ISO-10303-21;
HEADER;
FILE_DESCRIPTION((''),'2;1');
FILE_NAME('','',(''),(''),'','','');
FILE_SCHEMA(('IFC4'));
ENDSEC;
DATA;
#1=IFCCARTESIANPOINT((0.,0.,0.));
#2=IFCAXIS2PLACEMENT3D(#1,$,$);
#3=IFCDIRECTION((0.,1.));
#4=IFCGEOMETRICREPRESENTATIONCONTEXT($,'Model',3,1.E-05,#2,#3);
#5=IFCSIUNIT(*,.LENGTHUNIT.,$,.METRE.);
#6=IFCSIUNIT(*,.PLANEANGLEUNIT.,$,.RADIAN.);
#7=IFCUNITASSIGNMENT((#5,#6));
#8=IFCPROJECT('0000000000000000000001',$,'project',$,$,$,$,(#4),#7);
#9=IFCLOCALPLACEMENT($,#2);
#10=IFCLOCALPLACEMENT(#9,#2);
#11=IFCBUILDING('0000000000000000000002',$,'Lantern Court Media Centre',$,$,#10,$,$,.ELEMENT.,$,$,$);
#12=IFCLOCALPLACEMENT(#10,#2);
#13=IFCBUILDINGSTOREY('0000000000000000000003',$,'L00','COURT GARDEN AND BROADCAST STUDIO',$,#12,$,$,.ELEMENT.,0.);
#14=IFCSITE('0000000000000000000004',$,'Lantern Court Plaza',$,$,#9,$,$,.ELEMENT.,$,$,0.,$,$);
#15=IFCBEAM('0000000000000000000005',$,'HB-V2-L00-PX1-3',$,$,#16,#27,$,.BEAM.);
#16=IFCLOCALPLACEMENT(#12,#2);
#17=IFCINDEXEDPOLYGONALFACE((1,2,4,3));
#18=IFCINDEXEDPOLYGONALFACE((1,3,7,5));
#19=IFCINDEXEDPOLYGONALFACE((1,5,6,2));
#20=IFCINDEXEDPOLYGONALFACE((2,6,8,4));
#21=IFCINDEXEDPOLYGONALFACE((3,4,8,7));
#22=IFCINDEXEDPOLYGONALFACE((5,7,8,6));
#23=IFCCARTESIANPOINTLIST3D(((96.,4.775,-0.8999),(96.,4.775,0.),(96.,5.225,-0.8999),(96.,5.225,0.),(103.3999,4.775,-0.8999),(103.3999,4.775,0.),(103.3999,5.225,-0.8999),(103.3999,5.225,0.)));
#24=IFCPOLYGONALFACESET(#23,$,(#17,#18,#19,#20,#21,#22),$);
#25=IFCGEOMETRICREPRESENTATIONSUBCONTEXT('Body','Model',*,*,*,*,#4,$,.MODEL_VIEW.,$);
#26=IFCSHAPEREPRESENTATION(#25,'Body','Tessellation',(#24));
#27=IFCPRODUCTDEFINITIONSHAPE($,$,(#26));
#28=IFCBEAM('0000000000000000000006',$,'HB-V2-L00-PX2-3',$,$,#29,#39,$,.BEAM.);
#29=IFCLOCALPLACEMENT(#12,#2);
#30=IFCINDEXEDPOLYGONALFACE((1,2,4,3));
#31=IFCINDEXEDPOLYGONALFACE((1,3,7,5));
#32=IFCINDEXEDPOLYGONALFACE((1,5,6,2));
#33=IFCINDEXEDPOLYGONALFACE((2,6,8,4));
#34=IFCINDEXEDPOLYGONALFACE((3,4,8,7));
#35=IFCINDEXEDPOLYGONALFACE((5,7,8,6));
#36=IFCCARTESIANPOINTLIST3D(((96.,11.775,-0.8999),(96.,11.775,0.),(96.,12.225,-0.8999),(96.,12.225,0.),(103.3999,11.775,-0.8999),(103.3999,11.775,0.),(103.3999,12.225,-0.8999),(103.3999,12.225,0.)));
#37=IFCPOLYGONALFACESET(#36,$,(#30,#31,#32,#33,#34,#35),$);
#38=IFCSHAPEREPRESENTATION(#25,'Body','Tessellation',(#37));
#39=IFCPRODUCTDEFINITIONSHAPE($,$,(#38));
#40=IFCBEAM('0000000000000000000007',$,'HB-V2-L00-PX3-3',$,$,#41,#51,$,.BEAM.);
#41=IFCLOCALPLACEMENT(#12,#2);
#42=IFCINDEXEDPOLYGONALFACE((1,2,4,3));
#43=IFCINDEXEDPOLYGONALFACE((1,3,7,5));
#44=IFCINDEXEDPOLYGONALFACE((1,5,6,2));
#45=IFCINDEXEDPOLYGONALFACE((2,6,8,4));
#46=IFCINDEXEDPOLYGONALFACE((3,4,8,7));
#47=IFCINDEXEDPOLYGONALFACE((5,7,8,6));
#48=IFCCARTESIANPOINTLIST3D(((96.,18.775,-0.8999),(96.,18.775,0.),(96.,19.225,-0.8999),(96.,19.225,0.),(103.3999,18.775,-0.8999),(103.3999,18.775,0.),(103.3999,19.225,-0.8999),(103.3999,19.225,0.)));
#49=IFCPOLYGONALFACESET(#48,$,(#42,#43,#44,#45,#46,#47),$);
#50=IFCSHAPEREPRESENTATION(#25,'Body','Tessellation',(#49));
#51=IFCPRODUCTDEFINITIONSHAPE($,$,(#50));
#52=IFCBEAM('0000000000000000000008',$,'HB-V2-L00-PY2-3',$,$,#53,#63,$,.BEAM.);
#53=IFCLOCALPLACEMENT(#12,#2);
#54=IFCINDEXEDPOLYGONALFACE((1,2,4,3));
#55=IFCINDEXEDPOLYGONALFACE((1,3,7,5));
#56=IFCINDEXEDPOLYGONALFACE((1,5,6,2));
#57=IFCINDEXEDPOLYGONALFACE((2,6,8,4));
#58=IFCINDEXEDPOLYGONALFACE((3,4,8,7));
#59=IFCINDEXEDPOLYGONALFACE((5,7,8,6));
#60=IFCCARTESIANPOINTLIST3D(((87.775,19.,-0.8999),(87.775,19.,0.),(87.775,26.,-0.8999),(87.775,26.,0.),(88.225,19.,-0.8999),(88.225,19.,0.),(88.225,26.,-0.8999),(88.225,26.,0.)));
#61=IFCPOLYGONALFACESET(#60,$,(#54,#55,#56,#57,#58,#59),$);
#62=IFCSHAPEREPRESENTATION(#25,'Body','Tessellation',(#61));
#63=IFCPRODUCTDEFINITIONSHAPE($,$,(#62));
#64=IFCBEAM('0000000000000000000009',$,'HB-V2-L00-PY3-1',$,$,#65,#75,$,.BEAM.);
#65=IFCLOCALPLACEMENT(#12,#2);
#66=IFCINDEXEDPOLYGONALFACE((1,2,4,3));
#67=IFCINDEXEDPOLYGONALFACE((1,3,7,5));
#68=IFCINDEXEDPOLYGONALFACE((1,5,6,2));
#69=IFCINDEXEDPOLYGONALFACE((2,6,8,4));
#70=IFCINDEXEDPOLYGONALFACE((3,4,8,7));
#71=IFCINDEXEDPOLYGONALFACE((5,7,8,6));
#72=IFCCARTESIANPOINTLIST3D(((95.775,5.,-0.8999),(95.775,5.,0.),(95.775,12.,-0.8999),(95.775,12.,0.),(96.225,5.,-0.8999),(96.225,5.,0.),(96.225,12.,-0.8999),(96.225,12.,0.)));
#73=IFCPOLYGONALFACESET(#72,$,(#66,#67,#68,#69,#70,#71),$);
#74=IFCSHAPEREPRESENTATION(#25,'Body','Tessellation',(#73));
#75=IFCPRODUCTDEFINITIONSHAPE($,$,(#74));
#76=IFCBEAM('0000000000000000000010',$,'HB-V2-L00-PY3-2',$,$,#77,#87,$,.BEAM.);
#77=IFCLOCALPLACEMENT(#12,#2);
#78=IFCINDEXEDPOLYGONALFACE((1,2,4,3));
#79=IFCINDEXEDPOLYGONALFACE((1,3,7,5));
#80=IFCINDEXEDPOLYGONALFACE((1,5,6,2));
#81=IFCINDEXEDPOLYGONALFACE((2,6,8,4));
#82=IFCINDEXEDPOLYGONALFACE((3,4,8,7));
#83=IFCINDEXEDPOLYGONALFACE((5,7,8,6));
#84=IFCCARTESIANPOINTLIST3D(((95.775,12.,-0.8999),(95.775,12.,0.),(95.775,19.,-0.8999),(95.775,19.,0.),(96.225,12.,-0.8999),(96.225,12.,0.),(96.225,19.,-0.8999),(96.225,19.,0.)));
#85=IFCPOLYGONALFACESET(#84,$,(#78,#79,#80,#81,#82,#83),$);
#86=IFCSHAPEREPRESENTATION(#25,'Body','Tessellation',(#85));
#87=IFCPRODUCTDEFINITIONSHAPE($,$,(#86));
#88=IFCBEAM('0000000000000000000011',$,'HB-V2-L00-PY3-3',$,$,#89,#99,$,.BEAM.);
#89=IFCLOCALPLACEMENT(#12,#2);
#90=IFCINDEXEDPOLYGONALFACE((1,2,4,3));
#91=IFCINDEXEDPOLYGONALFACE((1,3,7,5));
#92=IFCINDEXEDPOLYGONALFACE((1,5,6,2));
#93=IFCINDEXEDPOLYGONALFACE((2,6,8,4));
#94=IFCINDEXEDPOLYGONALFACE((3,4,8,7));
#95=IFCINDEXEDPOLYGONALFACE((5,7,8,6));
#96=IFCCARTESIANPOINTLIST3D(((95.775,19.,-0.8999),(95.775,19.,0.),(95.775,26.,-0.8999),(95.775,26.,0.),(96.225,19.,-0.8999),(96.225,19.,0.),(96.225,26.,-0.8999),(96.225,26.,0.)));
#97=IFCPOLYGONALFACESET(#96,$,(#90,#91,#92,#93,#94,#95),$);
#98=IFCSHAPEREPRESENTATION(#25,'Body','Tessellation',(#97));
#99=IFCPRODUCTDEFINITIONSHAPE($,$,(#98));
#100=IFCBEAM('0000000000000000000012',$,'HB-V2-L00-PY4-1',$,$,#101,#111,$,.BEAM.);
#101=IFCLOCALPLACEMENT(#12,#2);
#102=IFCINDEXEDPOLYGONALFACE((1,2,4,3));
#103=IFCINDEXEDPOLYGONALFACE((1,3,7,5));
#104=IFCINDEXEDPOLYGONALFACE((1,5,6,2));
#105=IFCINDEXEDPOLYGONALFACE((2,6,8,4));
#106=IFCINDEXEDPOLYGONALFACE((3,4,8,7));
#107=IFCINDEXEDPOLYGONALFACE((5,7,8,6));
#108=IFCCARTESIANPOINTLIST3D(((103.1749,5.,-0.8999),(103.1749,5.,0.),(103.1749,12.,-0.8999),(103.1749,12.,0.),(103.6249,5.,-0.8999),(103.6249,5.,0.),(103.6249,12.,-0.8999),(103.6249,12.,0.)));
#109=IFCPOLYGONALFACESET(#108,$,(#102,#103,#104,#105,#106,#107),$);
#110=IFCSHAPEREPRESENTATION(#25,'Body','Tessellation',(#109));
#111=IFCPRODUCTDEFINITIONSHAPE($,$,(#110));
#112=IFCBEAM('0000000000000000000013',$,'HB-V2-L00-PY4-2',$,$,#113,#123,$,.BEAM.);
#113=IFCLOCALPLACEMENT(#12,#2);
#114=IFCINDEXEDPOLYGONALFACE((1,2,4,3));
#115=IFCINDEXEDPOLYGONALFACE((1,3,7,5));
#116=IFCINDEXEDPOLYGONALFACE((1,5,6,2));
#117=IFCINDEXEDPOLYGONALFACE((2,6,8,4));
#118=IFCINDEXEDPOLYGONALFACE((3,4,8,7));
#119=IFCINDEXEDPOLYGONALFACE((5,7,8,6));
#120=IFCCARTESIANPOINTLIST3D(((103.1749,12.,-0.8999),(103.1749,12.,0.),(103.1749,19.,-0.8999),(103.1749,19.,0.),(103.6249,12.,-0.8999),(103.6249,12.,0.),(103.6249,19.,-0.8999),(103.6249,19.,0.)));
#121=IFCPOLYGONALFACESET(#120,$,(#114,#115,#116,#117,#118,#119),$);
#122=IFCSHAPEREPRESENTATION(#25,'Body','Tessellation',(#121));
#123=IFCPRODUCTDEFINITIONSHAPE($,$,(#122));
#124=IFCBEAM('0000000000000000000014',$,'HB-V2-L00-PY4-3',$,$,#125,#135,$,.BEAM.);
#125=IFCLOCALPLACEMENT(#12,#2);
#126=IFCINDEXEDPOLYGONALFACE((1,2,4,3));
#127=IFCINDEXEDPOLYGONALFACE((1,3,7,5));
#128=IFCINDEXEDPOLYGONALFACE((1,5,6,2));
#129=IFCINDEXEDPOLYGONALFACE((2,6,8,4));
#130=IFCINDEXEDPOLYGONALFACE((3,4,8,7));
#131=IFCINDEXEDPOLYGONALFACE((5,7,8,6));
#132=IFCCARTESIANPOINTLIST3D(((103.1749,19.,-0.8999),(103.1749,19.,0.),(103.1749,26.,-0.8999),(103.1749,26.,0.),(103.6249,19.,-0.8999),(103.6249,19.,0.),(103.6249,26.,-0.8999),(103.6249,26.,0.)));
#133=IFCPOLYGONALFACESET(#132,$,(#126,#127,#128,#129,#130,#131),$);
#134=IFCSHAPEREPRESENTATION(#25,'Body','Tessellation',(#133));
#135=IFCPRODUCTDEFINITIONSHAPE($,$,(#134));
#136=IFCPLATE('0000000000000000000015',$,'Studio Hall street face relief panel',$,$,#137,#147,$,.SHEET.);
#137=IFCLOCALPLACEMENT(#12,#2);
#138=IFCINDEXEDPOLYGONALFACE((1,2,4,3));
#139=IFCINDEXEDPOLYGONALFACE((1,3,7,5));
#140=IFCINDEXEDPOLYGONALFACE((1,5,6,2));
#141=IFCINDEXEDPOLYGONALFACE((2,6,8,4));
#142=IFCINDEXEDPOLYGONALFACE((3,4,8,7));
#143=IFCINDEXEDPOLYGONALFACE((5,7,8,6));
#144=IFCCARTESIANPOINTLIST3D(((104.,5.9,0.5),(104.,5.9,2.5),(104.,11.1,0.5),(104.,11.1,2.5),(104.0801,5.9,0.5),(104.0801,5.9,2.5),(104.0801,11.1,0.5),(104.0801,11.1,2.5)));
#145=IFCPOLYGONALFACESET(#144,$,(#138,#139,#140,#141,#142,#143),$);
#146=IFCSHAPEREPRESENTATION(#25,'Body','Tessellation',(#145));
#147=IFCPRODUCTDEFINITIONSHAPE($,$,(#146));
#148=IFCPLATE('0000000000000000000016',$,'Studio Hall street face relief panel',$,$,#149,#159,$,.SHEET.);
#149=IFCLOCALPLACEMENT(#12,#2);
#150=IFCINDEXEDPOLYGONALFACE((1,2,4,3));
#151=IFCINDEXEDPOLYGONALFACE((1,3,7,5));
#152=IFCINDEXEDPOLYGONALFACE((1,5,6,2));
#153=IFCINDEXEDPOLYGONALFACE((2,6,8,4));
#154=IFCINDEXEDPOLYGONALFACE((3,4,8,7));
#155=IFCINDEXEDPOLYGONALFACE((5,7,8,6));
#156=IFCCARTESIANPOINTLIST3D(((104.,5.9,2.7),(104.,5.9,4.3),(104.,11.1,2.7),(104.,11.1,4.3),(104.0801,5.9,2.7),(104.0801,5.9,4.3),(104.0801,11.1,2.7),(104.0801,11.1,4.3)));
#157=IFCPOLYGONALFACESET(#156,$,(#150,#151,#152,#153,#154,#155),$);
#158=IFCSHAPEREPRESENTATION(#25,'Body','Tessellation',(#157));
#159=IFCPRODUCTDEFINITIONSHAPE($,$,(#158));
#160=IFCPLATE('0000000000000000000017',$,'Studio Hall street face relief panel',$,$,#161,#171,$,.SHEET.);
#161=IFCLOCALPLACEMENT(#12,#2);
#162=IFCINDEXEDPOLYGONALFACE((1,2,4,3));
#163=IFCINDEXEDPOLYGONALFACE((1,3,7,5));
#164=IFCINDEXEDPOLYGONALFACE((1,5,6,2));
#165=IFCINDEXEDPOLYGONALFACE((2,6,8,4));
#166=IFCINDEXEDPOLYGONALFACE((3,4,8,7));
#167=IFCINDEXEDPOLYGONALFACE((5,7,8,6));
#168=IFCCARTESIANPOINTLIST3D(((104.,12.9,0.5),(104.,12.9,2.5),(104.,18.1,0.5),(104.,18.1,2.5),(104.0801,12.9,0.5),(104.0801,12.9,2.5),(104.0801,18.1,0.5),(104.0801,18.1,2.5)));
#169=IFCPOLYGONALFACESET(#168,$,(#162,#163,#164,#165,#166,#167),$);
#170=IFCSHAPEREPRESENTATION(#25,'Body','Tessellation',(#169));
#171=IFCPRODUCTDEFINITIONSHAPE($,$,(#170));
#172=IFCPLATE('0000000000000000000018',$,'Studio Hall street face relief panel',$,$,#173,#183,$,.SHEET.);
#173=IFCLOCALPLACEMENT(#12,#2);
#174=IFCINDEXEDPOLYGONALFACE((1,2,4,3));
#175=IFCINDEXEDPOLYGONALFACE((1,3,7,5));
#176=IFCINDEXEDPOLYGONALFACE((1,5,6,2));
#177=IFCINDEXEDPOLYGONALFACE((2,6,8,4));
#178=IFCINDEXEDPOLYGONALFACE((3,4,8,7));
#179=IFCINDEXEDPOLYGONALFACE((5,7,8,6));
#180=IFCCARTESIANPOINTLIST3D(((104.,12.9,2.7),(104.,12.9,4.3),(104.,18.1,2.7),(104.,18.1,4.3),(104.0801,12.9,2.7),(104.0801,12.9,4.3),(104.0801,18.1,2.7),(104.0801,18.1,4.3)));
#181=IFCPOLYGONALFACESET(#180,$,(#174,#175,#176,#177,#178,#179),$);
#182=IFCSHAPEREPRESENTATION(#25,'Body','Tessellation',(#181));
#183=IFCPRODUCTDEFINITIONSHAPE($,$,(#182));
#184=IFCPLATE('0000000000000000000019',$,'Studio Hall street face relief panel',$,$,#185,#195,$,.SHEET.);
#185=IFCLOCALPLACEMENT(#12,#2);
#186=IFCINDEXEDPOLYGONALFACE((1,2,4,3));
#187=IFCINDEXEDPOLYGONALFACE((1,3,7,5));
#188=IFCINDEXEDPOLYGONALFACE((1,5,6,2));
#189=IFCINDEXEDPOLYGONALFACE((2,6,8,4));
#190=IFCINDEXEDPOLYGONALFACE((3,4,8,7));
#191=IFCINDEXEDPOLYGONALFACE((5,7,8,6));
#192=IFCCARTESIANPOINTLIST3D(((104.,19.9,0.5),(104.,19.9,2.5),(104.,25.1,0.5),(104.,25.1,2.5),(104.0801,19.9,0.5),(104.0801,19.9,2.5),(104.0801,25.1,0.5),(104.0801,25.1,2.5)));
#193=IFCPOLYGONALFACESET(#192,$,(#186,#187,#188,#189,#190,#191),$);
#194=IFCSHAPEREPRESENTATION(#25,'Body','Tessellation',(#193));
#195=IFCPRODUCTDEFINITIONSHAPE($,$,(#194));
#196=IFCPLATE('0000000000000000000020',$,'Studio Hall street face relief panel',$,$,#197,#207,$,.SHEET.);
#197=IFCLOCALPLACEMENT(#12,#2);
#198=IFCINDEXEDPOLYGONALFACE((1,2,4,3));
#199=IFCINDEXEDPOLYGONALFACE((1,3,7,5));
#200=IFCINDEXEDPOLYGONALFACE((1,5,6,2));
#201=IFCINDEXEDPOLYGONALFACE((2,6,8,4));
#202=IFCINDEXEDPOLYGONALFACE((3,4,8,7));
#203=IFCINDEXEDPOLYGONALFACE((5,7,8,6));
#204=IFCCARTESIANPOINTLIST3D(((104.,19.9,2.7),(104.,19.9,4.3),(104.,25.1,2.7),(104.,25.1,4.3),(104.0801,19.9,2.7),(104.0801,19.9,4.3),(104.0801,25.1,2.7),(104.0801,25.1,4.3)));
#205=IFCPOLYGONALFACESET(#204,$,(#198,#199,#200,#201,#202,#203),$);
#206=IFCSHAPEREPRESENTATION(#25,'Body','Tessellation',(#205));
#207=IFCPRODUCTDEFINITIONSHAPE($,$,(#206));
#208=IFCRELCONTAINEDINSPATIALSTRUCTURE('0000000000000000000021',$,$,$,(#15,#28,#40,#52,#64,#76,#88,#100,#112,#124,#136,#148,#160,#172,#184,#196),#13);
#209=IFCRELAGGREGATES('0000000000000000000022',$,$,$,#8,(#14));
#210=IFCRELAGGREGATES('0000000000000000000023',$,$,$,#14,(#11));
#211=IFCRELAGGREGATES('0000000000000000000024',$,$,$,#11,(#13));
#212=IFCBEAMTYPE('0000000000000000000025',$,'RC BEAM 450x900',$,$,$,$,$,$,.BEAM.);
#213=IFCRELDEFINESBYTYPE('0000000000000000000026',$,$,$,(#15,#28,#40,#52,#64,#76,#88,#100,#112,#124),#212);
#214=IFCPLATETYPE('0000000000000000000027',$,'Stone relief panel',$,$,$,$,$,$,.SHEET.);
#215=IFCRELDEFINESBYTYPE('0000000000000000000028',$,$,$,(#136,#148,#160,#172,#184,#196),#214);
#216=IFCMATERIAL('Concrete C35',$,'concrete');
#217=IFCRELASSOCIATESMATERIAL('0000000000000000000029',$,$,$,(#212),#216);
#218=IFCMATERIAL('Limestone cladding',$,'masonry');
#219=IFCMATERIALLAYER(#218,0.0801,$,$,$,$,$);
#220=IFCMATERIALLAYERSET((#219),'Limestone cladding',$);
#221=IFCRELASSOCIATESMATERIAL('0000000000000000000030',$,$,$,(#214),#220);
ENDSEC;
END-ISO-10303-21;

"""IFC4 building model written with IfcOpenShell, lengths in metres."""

from ifc_helpers import new_model, si_unit, direction, frame, origin, origin_2d, place, context, subcontext, project, spatial, rectangle, extrude, material, layer, layer_set, material_profile, profile_set, type_object, element, save


model = new_model("IFC4")

# Units and contexts
model_context = context("Model", 3, precision=1e-05, world=origin(), true_north=direction((0.0, 1.0)))
body_context = subcontext(model_context, "Body", "Model", "MODEL_VIEW")
ifc_project = project(units=[si_unit("LENGTHUNIT", "METRE"), si_unit("PLANEANGLEUNIT", "RADIAN")], contexts=[model_context])

# Site, building, storey
site_placement = place(None, origin())
site = spatial("IfcSite", under=ifc_project, at=site_placement, Name="Lantern Court Plaza", CompositionType="ELEMENT", RefElevation=0.0)
building_placement = place(site_placement, origin())
building = spatial("IfcBuilding", under=site, at=building_placement, Name="Lantern Court Media Centre", CompositionType="ELEMENT")
storey_placement = place(building_placement, origin())
storey = spatial("IfcBuildingStorey", under=building, at=storey_placement, Name="L00", Description="COURT GARDEN AND BROADCAST STUDIO", CompositionType="ELEMENT", Elevation=0.0)

# Shared definitions
ifc_material_1 = material(Name="Concrete C35", Category="concrete")

# Beams
ifc_material_profile_1 = material_profile(ifc_material_1, rectangle(XDim=0.45, YDim=0.8999, at=origin_2d()), Name="RC 450x900")
ifc_profile_set_1 = profile_set([ifc_material_profile_1], Name="Concrete C35")
beam_type = type_object("IfcBeamType", Name="RC BEAM 450x900", PredefinedType="BEAM", material=ifc_profile_set_1)
for number, where, z_axis, x_axis, name in (
    (1, (96.0, 5.0, -0.45), (1.0, 0.0, 0.0), (0.0, 1.0, 0.0), "HB-V2-L00-PX1-3"),
    (2, (96.0, 12.0, -0.45), (1.0, 0.0, 0.0), (0.0, 1.0, 0.0), "HB-V2-L00-PX2-3"),
    (3, (96.0, 19.0, -0.45), (1.0, 0.0, 0.0), (0.0, 1.0, 0.0), "HB-V2-L00-PX3-3"),
):
    element("IfcBeam", number, at=place(storey_placement, frame(where, z_axis=z_axis, x_axis=x_axis)), inside=storey, type_object=beam_type, Name=name, PredefinedType="BEAM", context=body_context, shape_type="SweptSolid", body=[
        extrude(rectangle(XDim=0.45, YDim=0.8999, at=origin_2d()), origin(), (0.0, 0.0, 1.0), 7.3999),
    ])
for number, where, z_axis, x_axis, name in (
    (4, (88.0, 19.0, -0.45), (0.0, 1.0, 0.0), (-1.0, 0.0, 0.0), "HB-V2-L00-PY2-3"),
    (5, (96.0, 5.0, -0.45), (0.0, 1.0, 0.0), (-1.0, 0.0, 0.0), "HB-V2-L00-PY3-1"),
    (6, (96.0, 12.0, -0.45), (0.0, 1.0, 0.0), (-1.0, 0.0, 0.0), "HB-V2-L00-PY3-2"),
    (7, (96.0, 19.0, -0.45), (0.0, 1.0, 0.0), (-1.0, 0.0, 0.0), "HB-V2-L00-PY3-3"),
    (8, (103.3999, 5.0, -0.45), (0.0, 1.0, 0.0), (-1.0, 0.0, 0.0), "HB-V2-L00-PY4-1"),
    (9, (103.3999, 12.0, -0.45), (0.0, 1.0, 0.0), (-1.0, 0.0, 0.0), "HB-V2-L00-PY4-2"),
    (10, (103.3999, 19.0, -0.45), (0.0, 1.0, 0.0), (-1.0, 0.0, 0.0), "HB-V2-L00-PY4-3"),
):
    element("IfcBeam", number, at=place(storey_placement, frame(where, z_axis=z_axis, x_axis=x_axis)), inside=storey, type_object=beam_type, Name=name, PredefinedType="BEAM", context=body_context, shape_type="SweptSolid", body=[
        extrude(rectangle(XDim=0.45, YDim=0.8999, at=origin_2d()), origin(), (0.0, 0.0, 1.0), 7.0),
    ])

# Plates
ifc_material_2 = material(Name="Limestone cladding", Category="masonry")
ifc_layer_1 = layer(ifc_material_2, 0.0801)
ifc_layer_set_1 = layer_set([ifc_layer_1], Name="Limestone cladding")
plate_type = type_object("IfcPlateType", Name="Stone relief panel", PredefinedType="SHEET", material=ifc_layer_set_1)
plate_1_placement = place(storey_placement, frame((104.04, 8.5, 0.5), z_axis=(0.0, 0.0, 1.0), x_axis=(1.0, 0.0, 0.0)))
element("IfcPlate", 11, at=plate_1_placement, inside=storey, type_object=plate_type, Name="Studio Hall street face relief panel", PredefinedType="SHEET", context=body_context, shape_type="SweptSolid", body=[
    extrude(rectangle(XDim=0.0801, YDim=5.2, at=origin_2d()), origin(), (0.0, 0.0, 1.0), 2.0),
])
plate_2_placement = place(storey_placement, frame((104.04, 8.5, 2.7), z_axis=(0.0, 0.0, 1.0), x_axis=(1.0, 0.0, 0.0)))
element("IfcPlate", 12, at=plate_2_placement, inside=storey, type_object=plate_type, Name="Studio Hall street face relief panel", PredefinedType="SHEET", context=body_context, shape_type="SweptSolid", body=[
    extrude(rectangle(XDim=0.0801, YDim=5.2, at=origin_2d()), origin(), (0.0, 0.0, 1.0), 1.6001),
])
plate_3_placement = place(storey_placement, frame((104.04, 15.5, 0.5), z_axis=(0.0, 0.0, 1.0), x_axis=(1.0, 0.0, 0.0)))
element("IfcPlate", 13, at=plate_3_placement, inside=storey, type_object=plate_type, Name="Studio Hall street face relief panel", PredefinedType="SHEET", context=body_context, shape_type="SweptSolid", body=[
    extrude(rectangle(XDim=0.0801, YDim=5.2, at=origin_2d()), origin(), (0.0, 0.0, 1.0), 2.0),
])
plate_4_placement = place(storey_placement, frame((104.04, 15.5, 2.7), z_axis=(0.0, 0.0, 1.0), x_axis=(1.0, 0.0, 0.0)))
element("IfcPlate", 14, at=plate_4_placement, inside=storey, type_object=plate_type, Name="Studio Hall street face relief panel", PredefinedType="SHEET", context=body_context, shape_type="SweptSolid", body=[
    extrude(rectangle(XDim=0.0801, YDim=5.2, at=origin_2d()), origin(), (0.0, 0.0, 1.0), 1.6001),
])
plate_5_placement = place(storey_placement, frame((104.04, 22.5, 0.5), z_axis=(0.0, 0.0, 1.0), x_axis=(1.0, 0.0, 0.0)))
element("IfcPlate", 15, at=plate_5_placement, inside=storey, type_object=plate_type, Name="Studio Hall street face relief panel", PredefinedType="SHEET", context=body_context, shape_type="SweptSolid", body=[
    extrude(rectangle(XDim=0.0801, YDim=5.2, at=origin_2d()), origin(), (0.0, 0.0, 1.0), 2.0),
])
plate_6_placement = place(storey_placement, frame((104.04, 22.5, 2.7), z_axis=(0.0, 0.0, 1.0), x_axis=(1.0, 0.0, 0.0)))
element("IfcPlate", 16, at=plate_6_placement, inside=storey, type_object=plate_type, Name="Studio Hall street face relief panel", PredefinedType="SHEET", context=body_context, shape_type="SweptSolid", body=[
    extrude(rectangle(XDim=0.0801, YDim=5.2, at=origin_2d()), origin(), (0.0, 0.0, 1.0), 1.6001),
])

save(model, "model.ifc")
